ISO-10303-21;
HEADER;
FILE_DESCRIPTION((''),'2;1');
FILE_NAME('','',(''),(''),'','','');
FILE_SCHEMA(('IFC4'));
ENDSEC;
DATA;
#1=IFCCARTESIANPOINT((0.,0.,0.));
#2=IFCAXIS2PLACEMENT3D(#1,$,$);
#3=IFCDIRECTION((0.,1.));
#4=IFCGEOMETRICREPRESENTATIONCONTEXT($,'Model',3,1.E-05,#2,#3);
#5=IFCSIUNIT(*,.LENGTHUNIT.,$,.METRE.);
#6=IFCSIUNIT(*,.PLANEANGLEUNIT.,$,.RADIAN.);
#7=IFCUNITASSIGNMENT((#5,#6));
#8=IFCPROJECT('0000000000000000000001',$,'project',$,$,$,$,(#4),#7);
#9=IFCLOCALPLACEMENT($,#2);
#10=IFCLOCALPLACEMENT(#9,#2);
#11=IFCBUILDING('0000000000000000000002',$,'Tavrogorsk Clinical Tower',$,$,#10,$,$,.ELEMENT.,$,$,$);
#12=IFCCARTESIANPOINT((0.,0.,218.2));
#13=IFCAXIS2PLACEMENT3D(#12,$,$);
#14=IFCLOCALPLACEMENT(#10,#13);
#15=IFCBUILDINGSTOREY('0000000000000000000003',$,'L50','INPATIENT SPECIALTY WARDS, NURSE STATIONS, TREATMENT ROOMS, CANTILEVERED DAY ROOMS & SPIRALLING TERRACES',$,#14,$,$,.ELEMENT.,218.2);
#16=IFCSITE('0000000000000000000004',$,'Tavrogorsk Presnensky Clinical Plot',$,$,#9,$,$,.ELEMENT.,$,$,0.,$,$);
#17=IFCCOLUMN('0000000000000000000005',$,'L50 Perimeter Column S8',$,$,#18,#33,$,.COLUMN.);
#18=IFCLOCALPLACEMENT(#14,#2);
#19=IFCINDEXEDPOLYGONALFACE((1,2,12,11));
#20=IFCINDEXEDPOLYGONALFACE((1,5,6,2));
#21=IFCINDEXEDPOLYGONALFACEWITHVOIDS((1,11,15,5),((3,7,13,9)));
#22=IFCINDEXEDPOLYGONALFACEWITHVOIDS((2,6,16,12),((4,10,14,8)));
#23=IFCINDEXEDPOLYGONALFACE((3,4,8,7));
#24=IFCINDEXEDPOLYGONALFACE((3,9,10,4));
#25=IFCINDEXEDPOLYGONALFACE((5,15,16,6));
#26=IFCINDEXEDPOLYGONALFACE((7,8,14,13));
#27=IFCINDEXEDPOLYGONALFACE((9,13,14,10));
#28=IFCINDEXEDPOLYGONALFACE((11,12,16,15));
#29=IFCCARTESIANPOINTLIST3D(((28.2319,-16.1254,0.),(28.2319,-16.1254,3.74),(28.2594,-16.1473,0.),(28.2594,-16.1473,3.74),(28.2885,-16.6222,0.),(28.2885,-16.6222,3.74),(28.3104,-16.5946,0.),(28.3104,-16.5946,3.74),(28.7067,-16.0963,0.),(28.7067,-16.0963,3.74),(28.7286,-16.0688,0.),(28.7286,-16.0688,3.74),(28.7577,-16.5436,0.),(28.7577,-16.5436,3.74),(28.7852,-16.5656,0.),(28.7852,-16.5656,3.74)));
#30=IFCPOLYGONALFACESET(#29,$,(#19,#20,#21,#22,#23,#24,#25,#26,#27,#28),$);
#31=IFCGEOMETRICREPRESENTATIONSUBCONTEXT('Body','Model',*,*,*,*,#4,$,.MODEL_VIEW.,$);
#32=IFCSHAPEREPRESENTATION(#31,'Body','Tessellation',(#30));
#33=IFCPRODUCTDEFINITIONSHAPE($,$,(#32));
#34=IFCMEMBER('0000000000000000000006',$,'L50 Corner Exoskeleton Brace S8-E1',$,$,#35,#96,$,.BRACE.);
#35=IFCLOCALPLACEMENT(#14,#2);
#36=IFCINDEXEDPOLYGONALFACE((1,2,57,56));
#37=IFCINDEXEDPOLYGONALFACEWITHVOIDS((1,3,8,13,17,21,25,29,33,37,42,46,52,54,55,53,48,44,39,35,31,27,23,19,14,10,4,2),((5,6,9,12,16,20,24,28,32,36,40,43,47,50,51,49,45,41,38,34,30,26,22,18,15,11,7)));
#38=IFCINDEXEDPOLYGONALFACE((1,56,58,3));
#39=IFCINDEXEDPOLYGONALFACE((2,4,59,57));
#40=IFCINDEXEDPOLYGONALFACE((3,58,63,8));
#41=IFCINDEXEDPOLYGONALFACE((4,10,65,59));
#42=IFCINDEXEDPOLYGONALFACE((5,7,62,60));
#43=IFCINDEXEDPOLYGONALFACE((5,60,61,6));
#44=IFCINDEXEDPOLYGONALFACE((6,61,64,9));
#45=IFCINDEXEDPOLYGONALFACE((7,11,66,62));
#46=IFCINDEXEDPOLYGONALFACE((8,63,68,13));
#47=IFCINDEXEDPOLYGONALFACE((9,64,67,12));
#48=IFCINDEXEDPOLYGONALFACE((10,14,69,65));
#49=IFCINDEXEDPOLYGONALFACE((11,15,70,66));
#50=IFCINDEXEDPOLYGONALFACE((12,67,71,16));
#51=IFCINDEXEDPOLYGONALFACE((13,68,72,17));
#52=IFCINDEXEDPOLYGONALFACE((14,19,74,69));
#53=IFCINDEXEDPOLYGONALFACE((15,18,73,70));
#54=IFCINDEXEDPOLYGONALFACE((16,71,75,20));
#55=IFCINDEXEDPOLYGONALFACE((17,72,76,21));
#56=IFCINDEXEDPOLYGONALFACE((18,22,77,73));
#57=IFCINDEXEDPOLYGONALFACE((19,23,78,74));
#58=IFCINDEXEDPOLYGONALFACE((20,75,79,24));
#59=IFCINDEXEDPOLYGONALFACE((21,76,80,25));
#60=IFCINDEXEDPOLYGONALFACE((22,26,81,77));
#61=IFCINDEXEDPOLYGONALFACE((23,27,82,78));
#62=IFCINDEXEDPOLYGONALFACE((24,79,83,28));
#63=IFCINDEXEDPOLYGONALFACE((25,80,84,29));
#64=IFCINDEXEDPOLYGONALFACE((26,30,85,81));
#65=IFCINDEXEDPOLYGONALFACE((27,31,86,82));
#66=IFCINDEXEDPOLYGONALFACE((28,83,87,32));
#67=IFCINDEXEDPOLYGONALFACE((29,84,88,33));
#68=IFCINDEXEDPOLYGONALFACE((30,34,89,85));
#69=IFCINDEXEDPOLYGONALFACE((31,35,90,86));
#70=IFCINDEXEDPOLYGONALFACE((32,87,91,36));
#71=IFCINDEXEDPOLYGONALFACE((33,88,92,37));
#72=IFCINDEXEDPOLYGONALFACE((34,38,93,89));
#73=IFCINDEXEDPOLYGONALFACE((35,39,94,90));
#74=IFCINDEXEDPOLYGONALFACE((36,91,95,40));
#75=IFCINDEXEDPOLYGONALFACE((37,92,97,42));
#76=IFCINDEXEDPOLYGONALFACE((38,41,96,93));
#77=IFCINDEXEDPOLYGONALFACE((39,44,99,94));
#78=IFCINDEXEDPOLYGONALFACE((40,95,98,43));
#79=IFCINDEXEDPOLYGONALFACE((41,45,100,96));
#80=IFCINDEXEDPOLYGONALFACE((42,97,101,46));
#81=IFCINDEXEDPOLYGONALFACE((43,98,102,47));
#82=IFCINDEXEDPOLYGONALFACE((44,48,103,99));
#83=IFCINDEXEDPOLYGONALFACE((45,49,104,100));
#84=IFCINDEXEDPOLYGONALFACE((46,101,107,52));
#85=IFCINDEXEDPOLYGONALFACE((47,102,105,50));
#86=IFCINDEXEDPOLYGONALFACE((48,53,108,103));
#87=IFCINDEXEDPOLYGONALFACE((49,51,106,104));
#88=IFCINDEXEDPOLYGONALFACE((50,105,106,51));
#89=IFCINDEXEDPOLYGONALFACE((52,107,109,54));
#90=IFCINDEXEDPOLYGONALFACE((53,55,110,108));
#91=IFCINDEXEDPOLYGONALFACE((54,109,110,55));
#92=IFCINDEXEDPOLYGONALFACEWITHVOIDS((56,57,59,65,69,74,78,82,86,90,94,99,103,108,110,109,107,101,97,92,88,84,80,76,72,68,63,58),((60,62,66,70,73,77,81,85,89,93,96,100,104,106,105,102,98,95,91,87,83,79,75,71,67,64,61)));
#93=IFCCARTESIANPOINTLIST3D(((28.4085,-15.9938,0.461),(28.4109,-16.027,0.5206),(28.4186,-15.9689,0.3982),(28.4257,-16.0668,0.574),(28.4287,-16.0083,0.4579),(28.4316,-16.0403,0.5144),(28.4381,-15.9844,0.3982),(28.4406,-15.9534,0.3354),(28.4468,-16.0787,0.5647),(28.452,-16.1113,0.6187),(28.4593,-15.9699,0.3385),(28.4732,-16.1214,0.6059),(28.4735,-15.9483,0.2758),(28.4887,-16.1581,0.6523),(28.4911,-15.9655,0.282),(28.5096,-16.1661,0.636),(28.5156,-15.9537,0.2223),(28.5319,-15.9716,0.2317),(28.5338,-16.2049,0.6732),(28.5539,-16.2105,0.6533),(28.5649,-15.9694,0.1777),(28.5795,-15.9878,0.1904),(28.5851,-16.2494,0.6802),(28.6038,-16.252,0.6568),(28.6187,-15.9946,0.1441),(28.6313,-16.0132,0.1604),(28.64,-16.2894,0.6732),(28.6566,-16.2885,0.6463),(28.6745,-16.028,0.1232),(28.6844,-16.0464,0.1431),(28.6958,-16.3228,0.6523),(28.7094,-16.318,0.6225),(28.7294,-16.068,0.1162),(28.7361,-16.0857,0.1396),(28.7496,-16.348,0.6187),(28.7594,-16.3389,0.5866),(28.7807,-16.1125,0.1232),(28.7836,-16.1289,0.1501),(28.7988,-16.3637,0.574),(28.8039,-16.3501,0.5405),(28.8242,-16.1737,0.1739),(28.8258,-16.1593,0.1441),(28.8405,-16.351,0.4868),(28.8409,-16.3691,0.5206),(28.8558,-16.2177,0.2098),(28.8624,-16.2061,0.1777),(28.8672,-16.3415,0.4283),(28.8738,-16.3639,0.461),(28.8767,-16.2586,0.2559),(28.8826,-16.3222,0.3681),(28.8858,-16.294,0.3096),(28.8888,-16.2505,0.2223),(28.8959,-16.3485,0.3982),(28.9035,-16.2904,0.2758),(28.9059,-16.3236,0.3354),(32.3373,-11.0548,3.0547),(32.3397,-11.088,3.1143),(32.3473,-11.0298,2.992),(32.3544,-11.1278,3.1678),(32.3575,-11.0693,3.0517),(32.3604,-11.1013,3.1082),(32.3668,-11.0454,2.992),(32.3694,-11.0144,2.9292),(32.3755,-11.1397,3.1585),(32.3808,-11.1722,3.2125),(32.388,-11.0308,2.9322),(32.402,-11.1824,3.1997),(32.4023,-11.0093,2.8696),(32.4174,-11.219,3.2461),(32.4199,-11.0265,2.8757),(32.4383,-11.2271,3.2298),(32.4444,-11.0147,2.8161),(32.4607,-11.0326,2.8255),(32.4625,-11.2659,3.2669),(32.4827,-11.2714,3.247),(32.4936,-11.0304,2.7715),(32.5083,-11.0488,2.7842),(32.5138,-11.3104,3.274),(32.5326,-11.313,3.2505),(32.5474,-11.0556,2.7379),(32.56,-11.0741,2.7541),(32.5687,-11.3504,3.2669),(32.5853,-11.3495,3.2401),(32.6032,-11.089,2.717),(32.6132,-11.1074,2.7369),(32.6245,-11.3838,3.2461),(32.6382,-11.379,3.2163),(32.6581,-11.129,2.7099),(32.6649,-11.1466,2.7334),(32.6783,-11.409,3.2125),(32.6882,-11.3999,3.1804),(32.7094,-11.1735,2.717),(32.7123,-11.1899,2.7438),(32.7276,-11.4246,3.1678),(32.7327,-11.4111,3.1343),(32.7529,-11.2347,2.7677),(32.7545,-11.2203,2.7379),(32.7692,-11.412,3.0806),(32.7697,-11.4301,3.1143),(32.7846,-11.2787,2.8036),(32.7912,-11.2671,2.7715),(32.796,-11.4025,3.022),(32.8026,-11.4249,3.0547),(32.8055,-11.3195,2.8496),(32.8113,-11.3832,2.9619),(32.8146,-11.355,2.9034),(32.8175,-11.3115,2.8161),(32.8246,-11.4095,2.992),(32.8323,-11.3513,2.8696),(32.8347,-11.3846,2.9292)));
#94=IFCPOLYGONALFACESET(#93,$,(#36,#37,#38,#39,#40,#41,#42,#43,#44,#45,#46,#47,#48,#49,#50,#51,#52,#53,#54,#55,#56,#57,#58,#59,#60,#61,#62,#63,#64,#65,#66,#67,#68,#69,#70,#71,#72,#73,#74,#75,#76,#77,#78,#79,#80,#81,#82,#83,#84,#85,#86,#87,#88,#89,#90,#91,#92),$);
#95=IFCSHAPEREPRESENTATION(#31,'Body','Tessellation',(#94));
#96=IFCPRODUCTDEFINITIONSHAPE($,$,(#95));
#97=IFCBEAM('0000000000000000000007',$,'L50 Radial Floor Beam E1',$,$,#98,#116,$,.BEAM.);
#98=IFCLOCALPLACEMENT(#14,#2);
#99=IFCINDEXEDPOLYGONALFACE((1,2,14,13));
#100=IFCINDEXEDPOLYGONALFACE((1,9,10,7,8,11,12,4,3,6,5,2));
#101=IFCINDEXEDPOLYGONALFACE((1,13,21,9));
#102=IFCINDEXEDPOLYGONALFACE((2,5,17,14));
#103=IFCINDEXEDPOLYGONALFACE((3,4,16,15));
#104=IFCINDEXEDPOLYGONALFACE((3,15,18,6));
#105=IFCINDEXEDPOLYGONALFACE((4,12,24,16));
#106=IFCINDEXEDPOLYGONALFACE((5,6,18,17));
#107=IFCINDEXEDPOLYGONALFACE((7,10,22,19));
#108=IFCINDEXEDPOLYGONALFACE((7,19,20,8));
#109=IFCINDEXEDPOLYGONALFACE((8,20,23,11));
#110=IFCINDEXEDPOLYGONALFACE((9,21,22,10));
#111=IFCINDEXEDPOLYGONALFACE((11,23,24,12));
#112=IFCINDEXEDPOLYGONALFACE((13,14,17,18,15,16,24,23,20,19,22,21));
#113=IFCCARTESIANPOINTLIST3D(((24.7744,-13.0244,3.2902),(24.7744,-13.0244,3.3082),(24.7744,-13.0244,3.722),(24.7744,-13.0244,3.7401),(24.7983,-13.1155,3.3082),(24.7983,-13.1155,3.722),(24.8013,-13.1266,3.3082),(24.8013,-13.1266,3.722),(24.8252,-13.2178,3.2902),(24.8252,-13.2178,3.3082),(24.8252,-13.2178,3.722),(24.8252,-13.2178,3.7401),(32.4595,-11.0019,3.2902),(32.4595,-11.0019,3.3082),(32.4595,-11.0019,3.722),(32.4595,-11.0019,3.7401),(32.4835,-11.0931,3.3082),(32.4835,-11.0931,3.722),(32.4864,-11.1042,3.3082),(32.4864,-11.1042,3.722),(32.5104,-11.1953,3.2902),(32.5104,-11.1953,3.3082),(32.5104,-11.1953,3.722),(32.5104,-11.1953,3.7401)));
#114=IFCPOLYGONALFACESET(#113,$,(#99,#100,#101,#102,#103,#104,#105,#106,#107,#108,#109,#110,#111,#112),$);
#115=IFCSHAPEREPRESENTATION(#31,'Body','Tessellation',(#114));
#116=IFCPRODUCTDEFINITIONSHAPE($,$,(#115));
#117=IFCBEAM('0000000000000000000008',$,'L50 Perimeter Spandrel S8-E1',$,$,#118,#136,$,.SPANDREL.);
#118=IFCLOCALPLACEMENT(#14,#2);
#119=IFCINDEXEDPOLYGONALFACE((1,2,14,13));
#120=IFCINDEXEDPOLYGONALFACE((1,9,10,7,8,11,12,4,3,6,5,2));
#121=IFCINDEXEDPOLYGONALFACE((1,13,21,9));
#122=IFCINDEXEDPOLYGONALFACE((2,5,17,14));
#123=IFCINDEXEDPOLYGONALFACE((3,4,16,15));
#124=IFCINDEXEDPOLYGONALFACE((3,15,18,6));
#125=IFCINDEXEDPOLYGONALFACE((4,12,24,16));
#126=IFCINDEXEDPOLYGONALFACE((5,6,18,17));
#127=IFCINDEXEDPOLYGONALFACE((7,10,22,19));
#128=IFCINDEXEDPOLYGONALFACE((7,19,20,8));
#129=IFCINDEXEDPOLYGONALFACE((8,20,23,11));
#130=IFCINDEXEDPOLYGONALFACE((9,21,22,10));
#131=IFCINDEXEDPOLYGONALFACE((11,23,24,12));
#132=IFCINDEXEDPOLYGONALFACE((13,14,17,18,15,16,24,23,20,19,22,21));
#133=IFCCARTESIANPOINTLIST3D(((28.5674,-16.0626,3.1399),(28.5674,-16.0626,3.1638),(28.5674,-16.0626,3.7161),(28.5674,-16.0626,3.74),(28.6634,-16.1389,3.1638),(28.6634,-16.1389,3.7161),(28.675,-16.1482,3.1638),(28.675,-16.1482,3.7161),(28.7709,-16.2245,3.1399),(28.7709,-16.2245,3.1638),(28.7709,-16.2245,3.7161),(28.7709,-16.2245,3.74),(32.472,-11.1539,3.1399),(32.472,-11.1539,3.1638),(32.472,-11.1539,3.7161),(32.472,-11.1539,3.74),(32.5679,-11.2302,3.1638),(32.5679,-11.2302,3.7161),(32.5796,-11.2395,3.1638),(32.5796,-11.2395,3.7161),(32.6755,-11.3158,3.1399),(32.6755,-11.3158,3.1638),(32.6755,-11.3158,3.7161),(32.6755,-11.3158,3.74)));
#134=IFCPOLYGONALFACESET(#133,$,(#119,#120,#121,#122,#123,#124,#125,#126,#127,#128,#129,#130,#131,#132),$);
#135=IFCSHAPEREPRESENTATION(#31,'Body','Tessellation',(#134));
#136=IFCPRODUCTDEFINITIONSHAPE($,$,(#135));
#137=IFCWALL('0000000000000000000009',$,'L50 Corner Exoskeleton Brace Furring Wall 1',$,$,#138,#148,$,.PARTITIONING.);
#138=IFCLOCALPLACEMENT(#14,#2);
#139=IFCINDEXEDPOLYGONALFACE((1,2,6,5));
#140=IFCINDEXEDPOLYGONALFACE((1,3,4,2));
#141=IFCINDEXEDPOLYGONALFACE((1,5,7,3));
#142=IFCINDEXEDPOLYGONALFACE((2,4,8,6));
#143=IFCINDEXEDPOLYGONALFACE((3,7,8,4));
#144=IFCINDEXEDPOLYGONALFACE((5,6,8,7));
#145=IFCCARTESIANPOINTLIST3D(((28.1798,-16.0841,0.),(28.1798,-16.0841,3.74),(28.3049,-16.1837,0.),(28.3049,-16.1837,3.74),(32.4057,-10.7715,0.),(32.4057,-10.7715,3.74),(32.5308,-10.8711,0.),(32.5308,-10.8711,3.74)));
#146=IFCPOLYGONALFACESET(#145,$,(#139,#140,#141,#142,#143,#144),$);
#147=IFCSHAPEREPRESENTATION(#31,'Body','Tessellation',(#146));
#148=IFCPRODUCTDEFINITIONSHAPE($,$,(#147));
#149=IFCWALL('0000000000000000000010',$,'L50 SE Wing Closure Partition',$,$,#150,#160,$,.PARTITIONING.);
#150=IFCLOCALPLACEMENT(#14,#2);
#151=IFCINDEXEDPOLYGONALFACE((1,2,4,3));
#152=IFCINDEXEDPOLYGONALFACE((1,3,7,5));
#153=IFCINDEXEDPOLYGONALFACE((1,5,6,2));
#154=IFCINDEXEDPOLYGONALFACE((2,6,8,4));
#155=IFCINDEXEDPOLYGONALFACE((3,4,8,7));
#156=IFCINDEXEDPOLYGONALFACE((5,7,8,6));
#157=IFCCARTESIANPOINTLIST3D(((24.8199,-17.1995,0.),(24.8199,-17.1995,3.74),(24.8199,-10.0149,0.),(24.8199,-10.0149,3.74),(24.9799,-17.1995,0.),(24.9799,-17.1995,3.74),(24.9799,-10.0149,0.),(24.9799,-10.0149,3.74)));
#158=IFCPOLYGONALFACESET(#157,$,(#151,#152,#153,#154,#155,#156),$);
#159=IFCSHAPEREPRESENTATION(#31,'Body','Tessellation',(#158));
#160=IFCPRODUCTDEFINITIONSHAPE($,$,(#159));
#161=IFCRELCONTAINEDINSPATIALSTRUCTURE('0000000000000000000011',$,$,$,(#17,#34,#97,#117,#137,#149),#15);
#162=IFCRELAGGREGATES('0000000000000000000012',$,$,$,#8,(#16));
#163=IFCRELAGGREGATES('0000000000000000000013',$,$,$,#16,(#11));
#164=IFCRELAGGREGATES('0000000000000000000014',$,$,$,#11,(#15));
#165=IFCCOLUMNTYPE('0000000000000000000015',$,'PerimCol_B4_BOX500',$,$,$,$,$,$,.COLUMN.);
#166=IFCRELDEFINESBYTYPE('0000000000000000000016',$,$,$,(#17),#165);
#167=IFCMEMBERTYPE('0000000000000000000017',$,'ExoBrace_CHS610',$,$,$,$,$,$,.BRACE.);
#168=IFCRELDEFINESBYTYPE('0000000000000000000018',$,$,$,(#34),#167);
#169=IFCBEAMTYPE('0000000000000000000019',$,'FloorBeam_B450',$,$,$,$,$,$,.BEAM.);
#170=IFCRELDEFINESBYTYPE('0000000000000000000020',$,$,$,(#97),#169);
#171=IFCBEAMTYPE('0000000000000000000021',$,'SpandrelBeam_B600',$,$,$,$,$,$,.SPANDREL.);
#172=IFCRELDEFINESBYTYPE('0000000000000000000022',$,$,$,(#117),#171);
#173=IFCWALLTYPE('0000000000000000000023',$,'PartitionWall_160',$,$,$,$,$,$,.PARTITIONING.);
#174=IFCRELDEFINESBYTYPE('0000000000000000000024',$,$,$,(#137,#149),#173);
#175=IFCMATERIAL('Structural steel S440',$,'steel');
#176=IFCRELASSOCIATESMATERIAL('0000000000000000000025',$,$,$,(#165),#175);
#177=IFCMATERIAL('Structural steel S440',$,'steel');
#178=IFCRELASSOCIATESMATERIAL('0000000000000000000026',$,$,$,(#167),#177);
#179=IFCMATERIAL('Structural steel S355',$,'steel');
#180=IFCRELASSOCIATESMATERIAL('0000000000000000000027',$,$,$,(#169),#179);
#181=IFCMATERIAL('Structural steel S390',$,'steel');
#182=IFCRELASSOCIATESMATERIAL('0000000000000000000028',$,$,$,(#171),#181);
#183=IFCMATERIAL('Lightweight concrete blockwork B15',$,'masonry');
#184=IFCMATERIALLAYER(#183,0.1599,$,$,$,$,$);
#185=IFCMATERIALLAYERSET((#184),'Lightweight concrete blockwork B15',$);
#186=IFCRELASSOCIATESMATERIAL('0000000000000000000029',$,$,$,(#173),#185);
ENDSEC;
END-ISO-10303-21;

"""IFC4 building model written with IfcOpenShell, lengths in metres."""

from ifc_helpers import new_model, si_unit, direction, frame, frame_2d, origin, origin_2d, place, context, subcontext, project, spatial, rectangle, hollow_rectangle, hollow_circle, i_section, extrude, material, layer, layer_set, material_profile, profile_set, type_object, element, save


model = new_model("IFC4")

# Units and contexts
model_context = context("Model", 3, precision=1e-05, world=origin(), true_north=direction((0.0, 1.0)))
body_context = subcontext(model_context, "Body", "Model", "MODEL_VIEW")
ifc_project = project(units=[si_unit("LENGTHUNIT", "METRE"), si_unit("PLANEANGLEUNIT", "RADIAN")], contexts=[model_context])

# Site, building, storey
site_placement = place(None, origin())
site = spatial("IfcSite", under=ifc_project, at=site_placement, Name="Tavrogorsk Presnensky Clinical Plot", CompositionType="ELEMENT", RefElevation=0.0)
building_placement = place(site_placement, origin())
building = spatial("IfcBuilding", under=site, at=building_placement, Name="Tavrogorsk Clinical Tower", CompositionType="ELEMENT")
storey_placement = place(building_placement, frame((0.0, 0.0, 218.2)))
storey = spatial("IfcBuildingStorey", under=building, at=storey_placement, Name="L50", Description="INPATIENT SPECIALTY WARDS, NURSE STATIONS, TREATMENT ROOMS, CANTILEVERED DAY ROOMS & SPIRALLING TERRACES", CompositionType="ELEMENT", Elevation=218.2)

# Column
ifc_material_1 = material(Name="Structural steel S440", Category="steel")
ifc_material_profile_1 = material_profile(ifc_material_1, hollow_rectangle(XDim=0.5, YDim=0.5, WallThickness=0.0249, at=origin_2d()), Name="BOX-500x500x25")
ifc_profile_set_1 = profile_set([ifc_material_profile_1], Name="Structural steel S440")
column_type = type_object("IfcColumnType", Name="PerimCol_B4_BOX500", PredefinedType="COLUMN", material=ifc_profile_set_1)
column_placement = place(storey_placement, frame((28.5085, -16.3455, 0.0), z_axis=(0.0, 0.0, 1.0), x_axis=(0.993572, 0.113203, 0.0)))
element("IfcColumn", 1, at=column_placement, inside=storey, type_object=column_type, Name="L50 Perimeter Column S8", PredefinedType="COLUMN", context=body_context, shape_type="SweptSolid", body=[
    extrude(hollow_rectangle(XDim=0.5, YDim=0.5, WallThickness=0.0249, at=origin_2d()), origin(), (0.0, 0.0, 1.0), 3.74),
])

# Member
ifc_material_2 = material(Name="Structural steel S440", Category="steel")
ifc_material_profile_2 = material_profile(ifc_material_2, hollow_circle(Radius=0.3049, WallThickness=0.0249, at=origin_2d()), Name="CHS-610x25")
ifc_profile_set_2 = profile_set([ifc_material_profile_2], Name="Structural steel S440")
member_type = type_object("IfcMemberType", Name="ExoBrace_CHS610", PredefinedType="BRACE", material=ifc_profile_set_2)
member_placement = place(storey_placement, frame((28.6572, -16.1587, 0.3982), z_axis=(0.575789, 0.723852, 0.380138), x_axis=(-0.782602, 0.622522, 0.0)))
element("IfcMember", 2, at=member_placement, inside=storey, type_object=member_type, Name="L50 Corner Exoskeleton Brace S8-E1", PredefinedType="BRACE", context=body_context, shape_type="SweptSolid", body=[
    extrude(hollow_circle(Radius=0.3049, WallThickness=0.0249, at=origin_2d()), origin(), (0.0, 0.0, 1.0), 6.8232),
])

# Beams
ifc_material_3 = material(Name="Structural steel S355", Category="steel")
ifc_material_profile_3 = material_profile(ifc_material_3, i_section(OverallWidth=0.2, OverallDepth=0.45, WebThickness=0.0115, FlangeThickness=0.0181, at=origin_2d()), Name="B-450x200x11.5x18")
ifc_profile_set_3 = profile_set([ifc_material_profile_3], Name="Structural steel S355")
beam_type_1 = type_object("IfcBeamType", Name="FloorBeam_B450", PredefinedType="BEAM", material=ifc_profile_set_3)
beam_1_placement = place(storey_placement, frame((24.7998, -13.1211, 3.5151), z_axis=(0.967072, 0.254502, 0.0), x_axis=(-0.254502, 0.967072, 0.0)))
element("IfcBeam", 3, at=beam_1_placement, inside=storey, type_object=beam_type_1, Name="L50 Radial Floor Beam E1", PredefinedType="BEAM", context=body_context, shape_type="SweptSolid", body=[
    extrude(i_section(OverallWidth=0.2, OverallDepth=0.45, WebThickness=0.0115, FlangeThickness=0.0181, at=origin_2d()), origin(), (0.0, 0.0, 1.0), 7.9468),
])
ifc_material_4 = material(Name="Structural steel S390", Category="steel")
ifc_material_profile_4 = material_profile(ifc_material_4, i_section(OverallWidth=0.26, OverallDepth=0.6001, WebThickness=0.0149, FlangeThickness=0.0239, at=origin_2d()), Name="B-600x260x15x24")
ifc_profile_set_4 = profile_set([ifc_material_profile_4], Name="Structural steel S390")
beam_type_2 = type_object("IfcBeamType", Name="SpandrelBeam_B600", PredefinedType="SPANDREL", material=ifc_profile_set_4)
beam_2_placement = place(storey_placement, frame((28.6692, -16.1436, 3.4399), z_axis=(0.622514, 0.782609, 0.0), x_axis=(-0.782609, 0.622514, 0.0)))
element("IfcBeam", 4, at=beam_2_placement, inside=storey, type_object=beam_type_2, Name="L50 Perimeter Spandrel S8-E1", PredefinedType="SPANDREL", context=body_context, shape_type="SweptSolid", body=[
    extrude(i_section(OverallWidth=0.26, OverallDepth=0.6001, WebThickness=0.0149, FlangeThickness=0.0239, at=origin_2d()), origin(), (0.0, 0.0, 1.0), 6.2722),
])

# Walls
ifc_material_5 = material(Name="Lightweight concrete blockwork B15", Category="masonry")
ifc_layer_1 = layer(ifc_material_5, 0.1599)
ifc_layer_set_1 = layer_set([ifc_layer_1], Name="Lightweight concrete blockwork B15")
wall_type_1 = type_object("IfcWallType", Name="PartitionWall_160", PredefinedType="PARTITIONING", material=ifc_layer_set_1)
wall_1_placement = place(storey_placement, frame((28.2424, -16.1338, 0.0), z_axis=(0.0, 0.0, 1.0), x_axis=(0.622522, 0.782603, 0.0)))
element("IfcWall", 5, at=wall_1_placement, inside=storey, type_object=wall_type_1, Name="L50 Corner Exoskeleton Brace Furring Wall 1", PredefinedType="PARTITIONING", context=body_context, shape_type="SweptSolid", body=[
    extrude(rectangle(XDim=6.7883, YDim=0.1599, at=frame_2d((3.394, 0.0))), origin(), (0.0, 0.0, 1.0), 3.74),
])
wall_2_placement = place(storey_placement, frame((24.8999, -17.1995, 0.0), z_axis=(0.0, 0.0, 1.0), x_axis=(0.0, 1.0, 0.0)))
element("IfcWall", 6, at=wall_2_placement, inside=storey, type_object=wall_type_1, Name="L50 SE Wing Closure Partition", PredefinedType="PARTITIONING", context=body_context, shape_type="SweptSolid", body=[
    extrude(rectangle(XDim=7.1846, YDim=0.1599, at=frame_2d((3.5923, 0.0))), origin(), (0.0, 0.0, 1.0), 3.74),
])

save(model, "model.ifc")
